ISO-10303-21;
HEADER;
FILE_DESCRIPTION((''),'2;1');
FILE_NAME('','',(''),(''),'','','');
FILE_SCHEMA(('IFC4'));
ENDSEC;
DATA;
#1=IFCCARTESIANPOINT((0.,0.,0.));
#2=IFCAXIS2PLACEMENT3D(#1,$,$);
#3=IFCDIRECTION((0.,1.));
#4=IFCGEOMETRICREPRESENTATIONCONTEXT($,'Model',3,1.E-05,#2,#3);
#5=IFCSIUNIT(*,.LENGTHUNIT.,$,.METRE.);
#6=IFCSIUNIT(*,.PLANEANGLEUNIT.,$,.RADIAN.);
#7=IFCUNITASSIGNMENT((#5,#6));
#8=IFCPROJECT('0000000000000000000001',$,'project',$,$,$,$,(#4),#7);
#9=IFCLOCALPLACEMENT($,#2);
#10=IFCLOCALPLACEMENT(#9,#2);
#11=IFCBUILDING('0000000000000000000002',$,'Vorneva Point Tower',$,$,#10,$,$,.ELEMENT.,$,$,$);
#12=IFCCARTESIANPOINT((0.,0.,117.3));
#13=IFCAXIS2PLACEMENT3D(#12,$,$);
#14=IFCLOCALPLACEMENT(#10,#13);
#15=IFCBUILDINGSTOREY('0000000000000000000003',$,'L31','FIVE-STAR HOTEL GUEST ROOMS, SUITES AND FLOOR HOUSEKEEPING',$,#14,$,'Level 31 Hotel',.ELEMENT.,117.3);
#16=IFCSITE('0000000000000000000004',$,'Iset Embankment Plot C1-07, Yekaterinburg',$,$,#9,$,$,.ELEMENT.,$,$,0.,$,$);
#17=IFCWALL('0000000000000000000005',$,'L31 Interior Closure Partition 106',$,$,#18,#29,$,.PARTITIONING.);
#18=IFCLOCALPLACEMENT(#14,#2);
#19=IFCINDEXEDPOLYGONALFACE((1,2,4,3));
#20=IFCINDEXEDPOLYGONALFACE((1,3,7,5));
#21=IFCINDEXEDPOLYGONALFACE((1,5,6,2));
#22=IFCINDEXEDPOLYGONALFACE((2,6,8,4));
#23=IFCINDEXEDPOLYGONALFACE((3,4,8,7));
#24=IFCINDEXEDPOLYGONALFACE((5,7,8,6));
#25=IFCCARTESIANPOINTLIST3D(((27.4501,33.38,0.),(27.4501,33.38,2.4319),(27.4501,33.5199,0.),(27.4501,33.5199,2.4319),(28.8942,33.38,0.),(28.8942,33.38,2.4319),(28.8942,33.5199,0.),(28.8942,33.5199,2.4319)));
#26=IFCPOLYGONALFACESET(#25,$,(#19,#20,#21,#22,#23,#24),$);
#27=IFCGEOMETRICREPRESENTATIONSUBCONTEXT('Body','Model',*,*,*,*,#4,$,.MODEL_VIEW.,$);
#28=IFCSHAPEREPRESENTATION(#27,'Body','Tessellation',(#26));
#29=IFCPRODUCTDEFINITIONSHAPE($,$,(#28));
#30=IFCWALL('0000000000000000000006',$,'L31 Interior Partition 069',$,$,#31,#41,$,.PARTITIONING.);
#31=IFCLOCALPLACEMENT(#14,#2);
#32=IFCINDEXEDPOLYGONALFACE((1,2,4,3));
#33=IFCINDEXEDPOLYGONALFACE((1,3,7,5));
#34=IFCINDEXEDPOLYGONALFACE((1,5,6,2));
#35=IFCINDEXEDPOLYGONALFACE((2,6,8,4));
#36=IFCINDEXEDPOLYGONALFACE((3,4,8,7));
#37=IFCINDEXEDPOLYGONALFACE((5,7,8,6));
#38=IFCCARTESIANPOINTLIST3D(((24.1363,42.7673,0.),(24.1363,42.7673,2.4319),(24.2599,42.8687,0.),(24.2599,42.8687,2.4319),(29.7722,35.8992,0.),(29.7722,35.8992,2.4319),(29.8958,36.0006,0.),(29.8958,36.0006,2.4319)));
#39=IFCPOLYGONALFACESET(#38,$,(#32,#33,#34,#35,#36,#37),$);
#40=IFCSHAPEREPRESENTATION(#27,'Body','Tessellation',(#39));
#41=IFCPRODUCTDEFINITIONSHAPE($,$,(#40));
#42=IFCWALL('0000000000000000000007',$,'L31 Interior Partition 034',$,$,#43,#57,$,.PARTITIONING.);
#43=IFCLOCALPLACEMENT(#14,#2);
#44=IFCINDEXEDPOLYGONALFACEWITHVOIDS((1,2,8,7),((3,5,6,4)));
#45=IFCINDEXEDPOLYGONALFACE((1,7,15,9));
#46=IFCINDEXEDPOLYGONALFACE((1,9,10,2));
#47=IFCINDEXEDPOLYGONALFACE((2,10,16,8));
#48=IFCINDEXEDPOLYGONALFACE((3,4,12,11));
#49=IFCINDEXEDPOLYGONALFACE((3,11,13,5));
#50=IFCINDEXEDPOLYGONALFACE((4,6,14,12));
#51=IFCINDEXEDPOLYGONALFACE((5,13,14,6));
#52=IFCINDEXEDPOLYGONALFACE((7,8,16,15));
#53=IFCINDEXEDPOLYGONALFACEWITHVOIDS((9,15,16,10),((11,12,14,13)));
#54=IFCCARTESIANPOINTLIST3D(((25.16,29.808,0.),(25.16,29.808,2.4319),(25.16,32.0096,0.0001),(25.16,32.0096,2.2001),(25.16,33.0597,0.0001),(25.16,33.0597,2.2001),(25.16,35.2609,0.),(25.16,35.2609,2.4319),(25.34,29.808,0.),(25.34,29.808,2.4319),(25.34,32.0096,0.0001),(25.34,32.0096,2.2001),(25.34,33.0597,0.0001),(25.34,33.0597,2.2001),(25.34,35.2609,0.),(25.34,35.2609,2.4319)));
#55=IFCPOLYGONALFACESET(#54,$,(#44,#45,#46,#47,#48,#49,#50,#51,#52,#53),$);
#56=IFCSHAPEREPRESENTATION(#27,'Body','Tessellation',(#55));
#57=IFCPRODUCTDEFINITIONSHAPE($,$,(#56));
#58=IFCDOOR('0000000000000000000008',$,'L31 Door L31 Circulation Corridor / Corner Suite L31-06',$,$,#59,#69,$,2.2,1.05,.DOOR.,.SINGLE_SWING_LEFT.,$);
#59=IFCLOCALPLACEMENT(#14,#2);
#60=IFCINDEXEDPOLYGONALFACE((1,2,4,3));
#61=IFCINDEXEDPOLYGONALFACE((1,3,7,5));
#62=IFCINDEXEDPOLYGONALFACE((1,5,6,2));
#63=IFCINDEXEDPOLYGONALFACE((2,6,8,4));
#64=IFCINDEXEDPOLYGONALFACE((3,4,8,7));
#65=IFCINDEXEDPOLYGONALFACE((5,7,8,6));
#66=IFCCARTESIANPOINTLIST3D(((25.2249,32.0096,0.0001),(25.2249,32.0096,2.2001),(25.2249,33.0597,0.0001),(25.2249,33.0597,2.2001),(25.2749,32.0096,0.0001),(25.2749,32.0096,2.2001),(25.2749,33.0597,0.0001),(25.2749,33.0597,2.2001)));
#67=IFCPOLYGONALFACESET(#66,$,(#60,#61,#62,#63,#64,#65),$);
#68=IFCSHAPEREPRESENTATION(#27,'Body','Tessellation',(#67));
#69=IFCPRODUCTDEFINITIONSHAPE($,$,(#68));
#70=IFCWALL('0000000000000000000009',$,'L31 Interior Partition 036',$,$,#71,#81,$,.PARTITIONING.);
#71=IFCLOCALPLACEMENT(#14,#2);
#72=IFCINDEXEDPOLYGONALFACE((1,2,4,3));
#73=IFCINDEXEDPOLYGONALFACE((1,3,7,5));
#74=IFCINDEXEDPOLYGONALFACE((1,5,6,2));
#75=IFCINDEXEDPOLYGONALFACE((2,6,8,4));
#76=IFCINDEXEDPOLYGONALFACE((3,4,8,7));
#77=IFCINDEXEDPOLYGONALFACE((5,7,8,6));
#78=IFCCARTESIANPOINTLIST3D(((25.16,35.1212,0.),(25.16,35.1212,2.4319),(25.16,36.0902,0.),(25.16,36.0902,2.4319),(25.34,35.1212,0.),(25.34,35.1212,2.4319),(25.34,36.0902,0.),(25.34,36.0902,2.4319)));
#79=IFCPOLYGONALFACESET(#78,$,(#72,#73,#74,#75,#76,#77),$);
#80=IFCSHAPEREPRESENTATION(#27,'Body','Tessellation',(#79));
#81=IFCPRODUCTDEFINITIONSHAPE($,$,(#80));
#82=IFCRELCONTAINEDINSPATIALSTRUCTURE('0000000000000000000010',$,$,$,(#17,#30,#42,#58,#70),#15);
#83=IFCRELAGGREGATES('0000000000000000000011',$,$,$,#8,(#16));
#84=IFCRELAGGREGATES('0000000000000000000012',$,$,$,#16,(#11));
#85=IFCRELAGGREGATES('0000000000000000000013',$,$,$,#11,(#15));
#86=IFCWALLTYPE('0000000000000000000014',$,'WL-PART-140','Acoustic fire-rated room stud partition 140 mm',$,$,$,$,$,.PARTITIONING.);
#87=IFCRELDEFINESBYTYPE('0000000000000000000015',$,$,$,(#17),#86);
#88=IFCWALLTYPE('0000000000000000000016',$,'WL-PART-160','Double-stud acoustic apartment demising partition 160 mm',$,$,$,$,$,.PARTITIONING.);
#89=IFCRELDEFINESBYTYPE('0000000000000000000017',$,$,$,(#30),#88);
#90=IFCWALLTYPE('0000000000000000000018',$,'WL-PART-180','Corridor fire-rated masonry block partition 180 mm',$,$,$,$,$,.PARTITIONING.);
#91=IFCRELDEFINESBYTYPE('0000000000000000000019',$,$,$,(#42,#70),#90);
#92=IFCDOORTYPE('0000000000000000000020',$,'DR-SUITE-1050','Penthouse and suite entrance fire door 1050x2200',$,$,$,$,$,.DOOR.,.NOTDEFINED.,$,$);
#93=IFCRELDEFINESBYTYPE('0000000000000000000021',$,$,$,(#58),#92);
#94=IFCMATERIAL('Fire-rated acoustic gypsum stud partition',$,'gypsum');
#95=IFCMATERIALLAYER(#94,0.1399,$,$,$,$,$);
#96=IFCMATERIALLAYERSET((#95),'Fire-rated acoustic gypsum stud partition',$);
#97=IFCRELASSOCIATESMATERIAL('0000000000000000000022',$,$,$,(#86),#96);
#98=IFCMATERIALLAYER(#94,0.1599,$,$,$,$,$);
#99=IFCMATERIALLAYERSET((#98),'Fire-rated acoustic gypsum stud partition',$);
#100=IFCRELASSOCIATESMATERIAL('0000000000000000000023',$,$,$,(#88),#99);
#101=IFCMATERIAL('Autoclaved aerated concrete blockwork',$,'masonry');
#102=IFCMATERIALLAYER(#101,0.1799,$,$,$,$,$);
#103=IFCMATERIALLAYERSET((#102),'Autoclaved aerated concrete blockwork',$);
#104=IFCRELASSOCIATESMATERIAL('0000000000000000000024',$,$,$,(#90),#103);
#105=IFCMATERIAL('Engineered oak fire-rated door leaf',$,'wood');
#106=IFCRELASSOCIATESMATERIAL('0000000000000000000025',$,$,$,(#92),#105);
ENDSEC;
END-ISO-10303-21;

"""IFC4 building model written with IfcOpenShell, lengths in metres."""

from ifc_helpers import new_model, si_unit, direction, frame, frame_2d, origin, place, context, subcontext, project, spatial, rectangle, extrude, material, layer, layer_set, type_object, element, fill, save


model = new_model("IFC4")

# Units and contexts
model_context = context("Model", 3, precision=1e-05, world=origin(), true_north=direction((0.0, 1.0)))
body_context = subcontext(model_context, "Body", "Model", "MODEL_VIEW")
ifc_project = project(units=[si_unit("LENGTHUNIT", "METRE"), si_unit("PLANEANGLEUNIT", "RADIAN")], contexts=[model_context])

# Site, building, storey
site_placement = place(None, origin())
site = spatial("IfcSite", under=ifc_project, at=site_placement, Name="Iset Embankment Plot C1-07, Yekaterinburg", CompositionType="ELEMENT", RefElevation=0.0)
building_placement = place(site_placement, origin())
building = spatial("IfcBuilding", under=site, at=building_placement, Name="Vorneva Point Tower", CompositionType="ELEMENT")
storey_placement = place(building_placement, frame((0.0, 0.0, 117.3)))
storey = spatial("IfcBuildingStorey", under=building, at=storey_placement, Name="L31", Description="FIVE-STAR HOTEL GUEST ROOMS, SUITES AND FLOOR HOUSEKEEPING", LongName="Level 31 Hotel", CompositionType="ELEMENT", Elevation=117.3)

# Shared definitions
ifc_material_1 = material(Name="Fire-rated acoustic gypsum stud partition", Category="gypsum")
ifc_material_2 = material(Name="Engineered oak fire-rated door leaf", Category="wood")

# Walls
ifc_layer_1 = layer(ifc_material_1, 0.1399)
ifc_layer_set_1 = layer_set([ifc_layer_1], Name="Fire-rated acoustic gypsum stud partition")
wall_type_1 = type_object("IfcWallType", Name="WL-PART-140", Description="Acoustic fire-rated room stud partition 140 mm", PredefinedType="PARTITIONING", material=ifc_layer_set_1)
wall_1_placement = place(storey_placement, frame((27.45, 33.45, 0.0), z_axis=(0.0, 0.0, 1.0), x_axis=(1.0, 0.0, 0.0)))
element("IfcWall", 1, at=wall_1_placement, inside=storey, type_object=wall_type_1, Name="L31 Interior Closure Partition 106", PredefinedType="PARTITIONING", context=body_context, shape_type="SweptSolid", body=[
    extrude(rectangle(XDim=1.4441, YDim=0.1399, at=frame_2d((0.7222, 0.0))), origin(), (0.0, 0.0, 1.0), 2.4319),
])
ifc_layer_2 = layer(ifc_material_1, 0.1599)
ifc_layer_set_2 = layer_set([ifc_layer_2], Name="Fire-rated acoustic gypsum stud partition")
wall_type_2 = type_object("IfcWallType", Name="WL-PART-160", Description="Double-stud acoustic apartment demising partition 160 mm", PredefinedType="PARTITIONING", material=ifc_layer_set_2)
wall_2_placement = place(storey_placement, frame((24.198, 42.8181, 0.0), z_axis=(0.0, 0.0, 1.0), x_axis=(0.634355, -0.773042, 0.0)))
element("IfcWall", 2, at=wall_2_placement, inside=storey, type_object=wall_type_2, Name="L31 Interior Partition 069", PredefinedType="PARTITIONING", context=body_context, shape_type="SweptSolid", body=[
    extrude(rectangle(XDim=8.8845, YDim=0.1599, at=frame_2d((4.4424, 0.0))), origin(), (0.0, 0.0, 1.0), 2.4319),
])

# Wall, opening, door
ifc_material_3 = material(Name="Autoclaved aerated concrete blockwork", Category="masonry")
ifc_layer_3 = layer(ifc_material_3, 0.1799)
ifc_layer_set_3 = layer_set([ifc_layer_3], Name="Autoclaved aerated concrete blockwork")
wall_type_3 = type_object("IfcWallType", Name="WL-PART-180", Description="Corridor fire-rated masonry block partition 180 mm", PredefinedType="PARTITIONING", material=ifc_layer_set_3)
wall_3_placement = place(storey_placement, frame((25.25, 35.261, 0.0), z_axis=(0.0, 0.0, 1.0), x_axis=(0.0, -1.0, 0.0)))
wall_3 = element("IfcWall", 3, at=wall_3_placement, inside=storey, type_object=wall_type_3, Name="L31 Interior Partition 034", PredefinedType="PARTITIONING", context=body_context, shape_type="SweptSolid", body=[
    extrude(rectangle(XDim=5.4529, YDim=0.1799, at=frame_2d((2.7266, 0.0))), origin(), (0.0, 0.0, 1.0), 2.4319),
])
opening_1_placement = place(wall_3_placement, frame((2.2014, 0.0, 0.0)))
opening_1 = element("IfcOpeningElement", 4, at=opening_1_placement, cuts=wall_3, PredefinedType="OPENING", context=body_context, shape_type="SweptSolid", body=[
    extrude(rectangle(XDim=1.05, YDim=2.2, at=frame_2d((0.5249, 1.1001))), frame((0.0, 0.105, 0.0), z_axis=(0.0, -1.0, 0.0), x_axis=(1.0, 0.0, 0.0)), (0.0, 0.0, 1.0), 0.2097),
])
door_type_1 = type_object("IfcDoorType", Name="DR-SUITE-1050", Description="Penthouse and suite entrance fire door 1050x2200", OperationType="NOTDEFINED", PredefinedType="DOOR", material=ifc_material_2)
door_1_placement = place(opening_1_placement, origin())
door_1 = element("IfcDoor", 5, at=door_1_placement, inside=storey, type_object=door_type_1, Name="L31 Door L31 Circulation Corridor / Corner Suite L31-06", OperationType="SINGLE_SWING_LEFT", OverallHeight=2.2, OverallWidth=1.05, PredefinedType="DOOR", context=body_context, shape_type="SweptSolid", body=[
    extrude(rectangle(XDim=1.05, YDim=2.2, at=frame_2d((0.5249, 1.1001))), frame((0.0, 0.0249, 0.0), z_axis=(0.0, -1.0, 0.0), x_axis=(1.0, 0.0, 0.0)), (0.0, 0.0, 1.0), 0.05),
])
fill(opening_1, door_1)

# Wall
wall_4_placement = place(storey_placement, frame((25.25, 36.0901, 0.0), z_axis=(0.0, 0.0, 1.0), x_axis=(0.0, -1.0, 0.0)))
element("IfcWall", 6, at=wall_4_placement, inside=storey, type_object=wall_type_3, Name="L31 Interior Partition 036", PredefinedType="PARTITIONING", context=body_context, shape_type="SweptSolid", body=[
    extrude(rectangle(XDim=0.969, YDim=0.1799, at=frame_2d((0.4844, 0.0))), origin(), (0.0, 0.0, 1.0), 2.4319),
])

save(model, "model.ifc")
